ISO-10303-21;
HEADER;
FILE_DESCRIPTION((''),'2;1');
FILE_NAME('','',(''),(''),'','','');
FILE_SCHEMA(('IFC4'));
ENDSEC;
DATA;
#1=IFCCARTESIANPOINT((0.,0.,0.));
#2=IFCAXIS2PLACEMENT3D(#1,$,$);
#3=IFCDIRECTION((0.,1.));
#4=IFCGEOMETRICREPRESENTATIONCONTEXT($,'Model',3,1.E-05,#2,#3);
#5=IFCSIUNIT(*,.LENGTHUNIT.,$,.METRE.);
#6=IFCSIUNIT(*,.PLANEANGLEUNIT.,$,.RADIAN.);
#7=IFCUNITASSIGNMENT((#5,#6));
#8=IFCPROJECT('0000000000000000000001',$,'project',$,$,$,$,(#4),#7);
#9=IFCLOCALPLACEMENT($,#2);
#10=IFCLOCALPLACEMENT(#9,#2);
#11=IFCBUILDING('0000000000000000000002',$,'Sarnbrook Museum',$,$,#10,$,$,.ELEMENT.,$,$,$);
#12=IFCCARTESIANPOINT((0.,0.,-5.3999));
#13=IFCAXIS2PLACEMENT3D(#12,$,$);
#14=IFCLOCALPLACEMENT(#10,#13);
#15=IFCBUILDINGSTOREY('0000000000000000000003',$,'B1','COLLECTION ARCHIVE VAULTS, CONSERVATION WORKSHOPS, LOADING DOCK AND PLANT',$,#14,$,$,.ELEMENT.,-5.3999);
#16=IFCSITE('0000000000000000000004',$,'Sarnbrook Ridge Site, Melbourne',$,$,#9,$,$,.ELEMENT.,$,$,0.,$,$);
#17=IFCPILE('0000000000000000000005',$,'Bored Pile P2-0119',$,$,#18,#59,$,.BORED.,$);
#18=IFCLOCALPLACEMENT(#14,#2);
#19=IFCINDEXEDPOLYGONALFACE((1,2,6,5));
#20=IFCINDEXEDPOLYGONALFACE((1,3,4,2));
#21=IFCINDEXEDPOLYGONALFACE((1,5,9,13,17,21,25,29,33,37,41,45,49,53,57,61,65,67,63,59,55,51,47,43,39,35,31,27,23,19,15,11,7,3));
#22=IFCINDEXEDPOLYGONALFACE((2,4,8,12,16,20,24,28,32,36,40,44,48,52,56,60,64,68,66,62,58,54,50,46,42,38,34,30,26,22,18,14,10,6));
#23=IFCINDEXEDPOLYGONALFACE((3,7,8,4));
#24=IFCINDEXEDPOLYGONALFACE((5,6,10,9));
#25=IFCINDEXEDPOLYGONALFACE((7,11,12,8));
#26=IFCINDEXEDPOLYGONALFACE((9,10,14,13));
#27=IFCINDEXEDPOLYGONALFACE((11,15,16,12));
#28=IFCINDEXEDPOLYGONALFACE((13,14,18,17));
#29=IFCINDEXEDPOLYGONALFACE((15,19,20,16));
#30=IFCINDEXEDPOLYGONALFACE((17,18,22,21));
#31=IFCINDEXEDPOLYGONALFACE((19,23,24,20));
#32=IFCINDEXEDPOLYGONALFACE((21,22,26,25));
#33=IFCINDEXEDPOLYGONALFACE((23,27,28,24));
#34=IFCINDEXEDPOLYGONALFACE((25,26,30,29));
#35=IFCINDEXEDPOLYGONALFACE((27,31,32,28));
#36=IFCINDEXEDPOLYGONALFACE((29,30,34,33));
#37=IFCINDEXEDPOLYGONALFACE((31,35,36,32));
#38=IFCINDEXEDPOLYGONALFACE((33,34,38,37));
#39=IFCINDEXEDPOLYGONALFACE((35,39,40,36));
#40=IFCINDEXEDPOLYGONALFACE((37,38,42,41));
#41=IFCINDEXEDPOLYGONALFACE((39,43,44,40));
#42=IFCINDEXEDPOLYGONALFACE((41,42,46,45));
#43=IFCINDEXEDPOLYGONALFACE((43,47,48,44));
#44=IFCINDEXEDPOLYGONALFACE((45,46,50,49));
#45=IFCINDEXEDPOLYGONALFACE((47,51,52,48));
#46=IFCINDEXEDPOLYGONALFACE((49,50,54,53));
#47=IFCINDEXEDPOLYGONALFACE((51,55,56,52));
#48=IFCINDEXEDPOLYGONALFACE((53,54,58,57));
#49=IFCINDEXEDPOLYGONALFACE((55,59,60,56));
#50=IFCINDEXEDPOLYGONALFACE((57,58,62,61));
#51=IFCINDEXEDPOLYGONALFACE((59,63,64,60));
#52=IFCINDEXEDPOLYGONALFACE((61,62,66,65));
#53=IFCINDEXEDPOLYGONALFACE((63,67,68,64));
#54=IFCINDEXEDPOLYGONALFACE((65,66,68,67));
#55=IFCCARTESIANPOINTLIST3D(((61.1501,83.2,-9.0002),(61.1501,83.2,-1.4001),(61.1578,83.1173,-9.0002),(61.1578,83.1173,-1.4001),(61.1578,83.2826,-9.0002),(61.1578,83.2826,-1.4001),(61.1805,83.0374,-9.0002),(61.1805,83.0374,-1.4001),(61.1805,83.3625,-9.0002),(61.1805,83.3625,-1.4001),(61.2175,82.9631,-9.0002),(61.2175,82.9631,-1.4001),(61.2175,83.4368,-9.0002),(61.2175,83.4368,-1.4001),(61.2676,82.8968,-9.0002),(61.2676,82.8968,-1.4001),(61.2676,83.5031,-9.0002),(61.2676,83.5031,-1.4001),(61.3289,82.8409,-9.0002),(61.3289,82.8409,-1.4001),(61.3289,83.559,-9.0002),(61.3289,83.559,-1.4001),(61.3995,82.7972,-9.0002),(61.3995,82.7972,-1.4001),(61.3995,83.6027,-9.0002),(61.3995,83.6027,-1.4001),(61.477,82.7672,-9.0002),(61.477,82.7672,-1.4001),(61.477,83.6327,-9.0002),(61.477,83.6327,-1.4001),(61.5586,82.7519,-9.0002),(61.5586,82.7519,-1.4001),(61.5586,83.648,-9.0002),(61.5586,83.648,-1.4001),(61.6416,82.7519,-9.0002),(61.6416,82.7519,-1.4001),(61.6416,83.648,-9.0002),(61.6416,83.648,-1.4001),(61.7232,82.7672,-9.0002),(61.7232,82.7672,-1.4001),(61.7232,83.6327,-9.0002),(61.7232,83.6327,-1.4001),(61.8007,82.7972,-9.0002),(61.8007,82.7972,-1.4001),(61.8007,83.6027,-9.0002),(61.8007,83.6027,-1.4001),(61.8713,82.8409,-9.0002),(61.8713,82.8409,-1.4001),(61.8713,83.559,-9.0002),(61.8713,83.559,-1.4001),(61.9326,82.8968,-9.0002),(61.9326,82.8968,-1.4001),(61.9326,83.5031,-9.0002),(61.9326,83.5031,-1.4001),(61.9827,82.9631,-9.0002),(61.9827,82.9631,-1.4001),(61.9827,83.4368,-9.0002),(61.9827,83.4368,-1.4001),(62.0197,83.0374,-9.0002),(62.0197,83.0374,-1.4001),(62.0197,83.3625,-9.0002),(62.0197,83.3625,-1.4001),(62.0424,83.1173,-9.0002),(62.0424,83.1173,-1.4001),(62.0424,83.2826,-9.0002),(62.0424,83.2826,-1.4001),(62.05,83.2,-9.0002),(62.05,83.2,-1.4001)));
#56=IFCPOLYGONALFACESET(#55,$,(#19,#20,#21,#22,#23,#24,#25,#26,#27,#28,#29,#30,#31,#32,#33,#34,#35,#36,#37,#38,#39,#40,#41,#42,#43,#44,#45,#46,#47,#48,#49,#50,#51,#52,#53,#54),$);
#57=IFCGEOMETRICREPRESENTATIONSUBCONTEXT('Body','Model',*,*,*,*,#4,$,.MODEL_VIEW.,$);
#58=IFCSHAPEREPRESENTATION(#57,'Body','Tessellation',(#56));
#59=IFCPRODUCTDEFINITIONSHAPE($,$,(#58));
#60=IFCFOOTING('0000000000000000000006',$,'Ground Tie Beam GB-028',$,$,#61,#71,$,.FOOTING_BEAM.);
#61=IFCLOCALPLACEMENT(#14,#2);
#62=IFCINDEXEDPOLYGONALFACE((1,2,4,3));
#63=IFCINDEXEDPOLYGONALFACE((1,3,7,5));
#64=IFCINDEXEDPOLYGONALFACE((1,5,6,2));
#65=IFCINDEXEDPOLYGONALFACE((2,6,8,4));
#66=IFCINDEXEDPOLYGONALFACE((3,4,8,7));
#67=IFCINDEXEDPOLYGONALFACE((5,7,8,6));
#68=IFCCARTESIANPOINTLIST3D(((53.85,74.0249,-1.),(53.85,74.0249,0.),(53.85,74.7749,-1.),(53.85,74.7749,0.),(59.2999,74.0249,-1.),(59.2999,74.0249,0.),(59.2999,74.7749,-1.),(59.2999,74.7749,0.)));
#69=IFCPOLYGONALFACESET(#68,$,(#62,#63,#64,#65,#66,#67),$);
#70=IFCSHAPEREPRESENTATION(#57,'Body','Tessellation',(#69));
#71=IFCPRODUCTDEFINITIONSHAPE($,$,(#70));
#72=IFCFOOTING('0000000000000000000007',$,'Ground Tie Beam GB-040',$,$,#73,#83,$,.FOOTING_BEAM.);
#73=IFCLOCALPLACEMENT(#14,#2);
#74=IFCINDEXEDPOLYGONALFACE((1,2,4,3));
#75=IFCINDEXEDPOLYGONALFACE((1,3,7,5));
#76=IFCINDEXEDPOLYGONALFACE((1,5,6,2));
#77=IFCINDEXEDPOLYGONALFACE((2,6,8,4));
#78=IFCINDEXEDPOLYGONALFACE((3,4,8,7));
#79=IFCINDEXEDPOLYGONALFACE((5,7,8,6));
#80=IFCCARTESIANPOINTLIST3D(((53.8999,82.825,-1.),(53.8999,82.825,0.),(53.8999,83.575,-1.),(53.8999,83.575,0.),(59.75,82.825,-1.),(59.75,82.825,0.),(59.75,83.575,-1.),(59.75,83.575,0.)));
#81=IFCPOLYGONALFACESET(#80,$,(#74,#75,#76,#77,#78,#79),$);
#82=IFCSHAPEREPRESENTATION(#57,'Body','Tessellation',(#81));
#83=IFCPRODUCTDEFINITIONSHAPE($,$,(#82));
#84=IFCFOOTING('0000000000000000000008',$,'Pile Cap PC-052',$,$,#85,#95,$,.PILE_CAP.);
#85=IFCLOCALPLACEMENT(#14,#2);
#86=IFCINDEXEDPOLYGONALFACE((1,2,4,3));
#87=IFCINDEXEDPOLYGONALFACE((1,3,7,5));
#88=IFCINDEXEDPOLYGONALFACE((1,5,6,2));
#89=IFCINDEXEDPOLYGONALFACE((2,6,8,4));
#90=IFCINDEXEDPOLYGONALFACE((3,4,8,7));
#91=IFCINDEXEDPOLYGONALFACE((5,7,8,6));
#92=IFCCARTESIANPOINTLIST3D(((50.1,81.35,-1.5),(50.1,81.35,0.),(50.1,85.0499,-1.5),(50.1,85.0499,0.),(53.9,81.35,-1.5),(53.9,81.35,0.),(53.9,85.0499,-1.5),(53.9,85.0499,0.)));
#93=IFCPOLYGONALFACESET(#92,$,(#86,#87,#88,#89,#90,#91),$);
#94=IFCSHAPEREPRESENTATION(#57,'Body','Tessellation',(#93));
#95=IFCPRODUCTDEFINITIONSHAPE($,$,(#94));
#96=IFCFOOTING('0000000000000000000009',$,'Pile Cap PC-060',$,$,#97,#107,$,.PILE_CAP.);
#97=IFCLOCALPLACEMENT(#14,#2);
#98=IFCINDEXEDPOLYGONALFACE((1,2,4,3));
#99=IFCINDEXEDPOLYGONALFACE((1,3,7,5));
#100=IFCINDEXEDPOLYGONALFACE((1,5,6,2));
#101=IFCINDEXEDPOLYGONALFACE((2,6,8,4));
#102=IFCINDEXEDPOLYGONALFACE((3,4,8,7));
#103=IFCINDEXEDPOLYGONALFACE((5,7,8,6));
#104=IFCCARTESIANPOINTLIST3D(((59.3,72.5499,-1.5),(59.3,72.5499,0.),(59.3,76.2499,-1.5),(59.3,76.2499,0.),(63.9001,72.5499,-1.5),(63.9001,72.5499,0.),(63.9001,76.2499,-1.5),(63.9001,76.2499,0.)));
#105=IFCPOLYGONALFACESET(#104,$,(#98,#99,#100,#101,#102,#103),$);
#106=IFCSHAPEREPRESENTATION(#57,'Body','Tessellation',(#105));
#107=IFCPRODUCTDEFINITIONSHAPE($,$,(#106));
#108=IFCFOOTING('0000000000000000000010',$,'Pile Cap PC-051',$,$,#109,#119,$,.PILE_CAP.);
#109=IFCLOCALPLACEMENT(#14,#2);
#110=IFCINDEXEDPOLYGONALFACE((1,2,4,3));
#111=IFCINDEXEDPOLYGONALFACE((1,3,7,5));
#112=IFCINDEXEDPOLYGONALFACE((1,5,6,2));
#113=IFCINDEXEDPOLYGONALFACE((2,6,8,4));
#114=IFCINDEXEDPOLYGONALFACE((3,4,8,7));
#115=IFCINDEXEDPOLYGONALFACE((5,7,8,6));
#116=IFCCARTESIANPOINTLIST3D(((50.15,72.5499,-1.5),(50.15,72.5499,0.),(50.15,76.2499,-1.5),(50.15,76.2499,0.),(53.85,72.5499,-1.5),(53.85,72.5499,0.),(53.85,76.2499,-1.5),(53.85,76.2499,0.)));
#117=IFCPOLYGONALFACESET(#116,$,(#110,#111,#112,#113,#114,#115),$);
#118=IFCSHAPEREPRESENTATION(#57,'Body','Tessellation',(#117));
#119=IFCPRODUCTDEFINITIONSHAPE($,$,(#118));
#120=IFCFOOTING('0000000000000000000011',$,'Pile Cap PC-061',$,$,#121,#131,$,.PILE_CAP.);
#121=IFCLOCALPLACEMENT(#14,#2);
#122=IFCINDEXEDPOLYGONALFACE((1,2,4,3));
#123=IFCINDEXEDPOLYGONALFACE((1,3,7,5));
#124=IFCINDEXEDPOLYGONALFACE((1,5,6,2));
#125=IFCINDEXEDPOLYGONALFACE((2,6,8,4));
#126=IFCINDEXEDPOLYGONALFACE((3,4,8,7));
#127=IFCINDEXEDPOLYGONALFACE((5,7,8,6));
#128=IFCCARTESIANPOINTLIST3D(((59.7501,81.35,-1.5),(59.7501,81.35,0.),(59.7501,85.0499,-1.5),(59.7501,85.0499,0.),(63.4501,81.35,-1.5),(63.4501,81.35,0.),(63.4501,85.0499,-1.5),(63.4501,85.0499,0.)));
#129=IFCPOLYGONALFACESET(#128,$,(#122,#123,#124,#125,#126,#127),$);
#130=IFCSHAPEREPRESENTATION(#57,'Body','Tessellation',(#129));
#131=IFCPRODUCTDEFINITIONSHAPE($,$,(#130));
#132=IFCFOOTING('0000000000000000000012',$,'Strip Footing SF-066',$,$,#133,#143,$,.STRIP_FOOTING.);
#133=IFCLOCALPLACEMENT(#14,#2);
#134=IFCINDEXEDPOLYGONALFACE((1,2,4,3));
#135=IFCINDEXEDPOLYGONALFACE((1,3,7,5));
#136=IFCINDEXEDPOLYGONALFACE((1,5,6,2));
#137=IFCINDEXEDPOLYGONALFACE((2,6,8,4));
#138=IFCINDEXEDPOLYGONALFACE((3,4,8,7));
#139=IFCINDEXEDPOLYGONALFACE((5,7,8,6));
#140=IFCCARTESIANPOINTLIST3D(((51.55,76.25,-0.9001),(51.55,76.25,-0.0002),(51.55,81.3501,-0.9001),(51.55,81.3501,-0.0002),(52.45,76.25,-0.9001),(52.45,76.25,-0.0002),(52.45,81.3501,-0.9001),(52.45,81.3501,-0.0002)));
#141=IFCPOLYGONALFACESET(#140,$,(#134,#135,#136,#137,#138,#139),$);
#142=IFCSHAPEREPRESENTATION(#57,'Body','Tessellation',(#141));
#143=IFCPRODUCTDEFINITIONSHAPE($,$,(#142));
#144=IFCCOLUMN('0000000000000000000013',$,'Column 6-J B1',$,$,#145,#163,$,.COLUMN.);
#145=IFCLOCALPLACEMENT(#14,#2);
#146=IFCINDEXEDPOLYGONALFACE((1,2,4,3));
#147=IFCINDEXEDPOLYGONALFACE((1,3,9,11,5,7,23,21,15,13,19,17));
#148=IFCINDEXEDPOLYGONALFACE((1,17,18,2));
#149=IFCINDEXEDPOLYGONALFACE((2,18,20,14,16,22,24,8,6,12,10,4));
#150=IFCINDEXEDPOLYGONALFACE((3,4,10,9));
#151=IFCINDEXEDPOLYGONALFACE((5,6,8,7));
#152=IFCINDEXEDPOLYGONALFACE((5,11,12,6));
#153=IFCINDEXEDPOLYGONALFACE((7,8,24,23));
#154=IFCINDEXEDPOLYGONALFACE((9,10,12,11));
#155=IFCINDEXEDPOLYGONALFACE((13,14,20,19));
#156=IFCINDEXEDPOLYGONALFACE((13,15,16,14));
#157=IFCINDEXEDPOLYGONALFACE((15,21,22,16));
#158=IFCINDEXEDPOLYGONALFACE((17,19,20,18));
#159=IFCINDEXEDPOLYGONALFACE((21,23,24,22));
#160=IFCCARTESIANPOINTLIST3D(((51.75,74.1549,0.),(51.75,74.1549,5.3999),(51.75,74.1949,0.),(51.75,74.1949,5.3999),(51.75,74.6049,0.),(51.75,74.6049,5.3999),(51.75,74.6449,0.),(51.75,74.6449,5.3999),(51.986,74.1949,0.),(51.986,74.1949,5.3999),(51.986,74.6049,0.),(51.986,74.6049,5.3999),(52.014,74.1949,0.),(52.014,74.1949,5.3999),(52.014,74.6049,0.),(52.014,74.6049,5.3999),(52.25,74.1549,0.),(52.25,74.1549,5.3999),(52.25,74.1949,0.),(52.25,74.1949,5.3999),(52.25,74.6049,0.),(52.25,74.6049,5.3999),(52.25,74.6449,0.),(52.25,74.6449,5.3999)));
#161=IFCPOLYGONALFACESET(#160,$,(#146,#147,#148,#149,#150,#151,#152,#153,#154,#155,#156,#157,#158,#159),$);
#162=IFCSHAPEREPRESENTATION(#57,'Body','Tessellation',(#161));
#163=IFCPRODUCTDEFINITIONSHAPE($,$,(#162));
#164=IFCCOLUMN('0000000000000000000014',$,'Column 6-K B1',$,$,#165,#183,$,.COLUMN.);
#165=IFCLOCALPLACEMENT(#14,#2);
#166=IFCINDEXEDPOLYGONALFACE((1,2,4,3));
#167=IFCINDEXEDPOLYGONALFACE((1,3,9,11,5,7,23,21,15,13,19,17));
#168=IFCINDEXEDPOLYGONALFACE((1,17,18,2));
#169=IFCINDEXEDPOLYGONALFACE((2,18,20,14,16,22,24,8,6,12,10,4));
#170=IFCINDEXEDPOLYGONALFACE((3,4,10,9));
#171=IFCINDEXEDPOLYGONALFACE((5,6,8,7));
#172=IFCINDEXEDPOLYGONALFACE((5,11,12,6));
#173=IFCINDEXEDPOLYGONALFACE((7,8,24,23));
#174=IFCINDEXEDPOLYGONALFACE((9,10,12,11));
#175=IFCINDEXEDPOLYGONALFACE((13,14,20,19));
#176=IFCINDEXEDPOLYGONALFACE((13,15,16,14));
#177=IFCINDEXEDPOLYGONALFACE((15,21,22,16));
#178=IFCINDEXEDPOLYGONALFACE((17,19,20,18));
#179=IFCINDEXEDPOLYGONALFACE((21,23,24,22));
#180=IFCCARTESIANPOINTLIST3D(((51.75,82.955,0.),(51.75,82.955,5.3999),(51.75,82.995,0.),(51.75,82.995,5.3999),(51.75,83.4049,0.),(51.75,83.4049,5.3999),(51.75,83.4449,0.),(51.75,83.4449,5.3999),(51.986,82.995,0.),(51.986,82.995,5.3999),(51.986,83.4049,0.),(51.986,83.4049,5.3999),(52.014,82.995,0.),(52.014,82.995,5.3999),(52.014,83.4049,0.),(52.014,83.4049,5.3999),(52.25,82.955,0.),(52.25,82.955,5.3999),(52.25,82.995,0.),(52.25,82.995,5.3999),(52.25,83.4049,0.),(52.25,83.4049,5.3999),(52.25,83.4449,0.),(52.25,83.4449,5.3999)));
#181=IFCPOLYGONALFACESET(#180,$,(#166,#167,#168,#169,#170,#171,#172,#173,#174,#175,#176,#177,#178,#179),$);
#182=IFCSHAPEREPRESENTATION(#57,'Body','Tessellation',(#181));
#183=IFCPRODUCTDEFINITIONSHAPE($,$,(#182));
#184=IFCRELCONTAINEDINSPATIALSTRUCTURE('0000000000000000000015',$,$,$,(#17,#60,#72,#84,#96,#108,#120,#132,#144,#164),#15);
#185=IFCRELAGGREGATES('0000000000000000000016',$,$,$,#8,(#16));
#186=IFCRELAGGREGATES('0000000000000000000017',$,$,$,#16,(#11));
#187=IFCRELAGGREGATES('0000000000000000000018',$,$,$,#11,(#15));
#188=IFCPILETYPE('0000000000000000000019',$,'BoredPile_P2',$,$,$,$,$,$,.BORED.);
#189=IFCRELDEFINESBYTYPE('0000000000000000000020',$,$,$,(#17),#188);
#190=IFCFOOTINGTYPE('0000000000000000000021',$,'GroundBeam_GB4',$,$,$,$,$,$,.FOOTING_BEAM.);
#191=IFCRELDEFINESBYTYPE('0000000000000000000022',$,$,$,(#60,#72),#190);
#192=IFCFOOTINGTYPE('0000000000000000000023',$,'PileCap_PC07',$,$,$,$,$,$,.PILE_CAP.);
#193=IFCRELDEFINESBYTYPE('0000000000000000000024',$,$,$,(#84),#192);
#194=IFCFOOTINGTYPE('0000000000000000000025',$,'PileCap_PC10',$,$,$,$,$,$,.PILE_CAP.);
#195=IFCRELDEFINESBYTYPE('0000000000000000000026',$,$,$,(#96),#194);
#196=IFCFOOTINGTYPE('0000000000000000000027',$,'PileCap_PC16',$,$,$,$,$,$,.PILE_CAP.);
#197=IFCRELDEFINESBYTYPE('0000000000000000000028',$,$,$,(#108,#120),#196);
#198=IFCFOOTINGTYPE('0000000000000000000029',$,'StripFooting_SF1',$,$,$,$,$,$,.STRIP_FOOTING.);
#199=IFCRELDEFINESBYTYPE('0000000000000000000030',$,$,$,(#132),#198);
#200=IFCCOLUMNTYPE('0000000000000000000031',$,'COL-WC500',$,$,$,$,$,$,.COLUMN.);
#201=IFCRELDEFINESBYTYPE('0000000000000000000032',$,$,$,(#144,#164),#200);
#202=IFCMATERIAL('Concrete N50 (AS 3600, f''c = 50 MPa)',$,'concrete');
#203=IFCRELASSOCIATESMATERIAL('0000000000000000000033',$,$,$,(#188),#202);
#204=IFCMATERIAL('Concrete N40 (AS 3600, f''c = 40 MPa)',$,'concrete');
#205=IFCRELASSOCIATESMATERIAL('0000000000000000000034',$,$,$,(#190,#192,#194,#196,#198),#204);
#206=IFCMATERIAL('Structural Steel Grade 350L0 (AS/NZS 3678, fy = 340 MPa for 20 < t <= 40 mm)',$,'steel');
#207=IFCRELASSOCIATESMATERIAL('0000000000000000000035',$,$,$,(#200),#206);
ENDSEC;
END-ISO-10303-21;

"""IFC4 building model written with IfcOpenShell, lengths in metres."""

from ifc_helpers import new_model, si_unit, direction, frame, origin, origin_2d, place, context, subcontext, project, spatial, rectangle, circle, i_section, extrude, material, material_profile, profile_set, type_object, element, save


model = new_model("IFC4")

# Units and contexts
model_context = context("Model", 3, precision=1e-05, world=origin(), true_north=direction((0.0, 1.0)))
body_context = subcontext(model_context, "Body", "Model", "MODEL_VIEW")
ifc_project = project(units=[si_unit("LENGTHUNIT", "METRE"), si_unit("PLANEANGLEUNIT", "RADIAN")], contexts=[model_context])

# Site, building, storey
site_placement = place(None, origin())
site = spatial("IfcSite", under=ifc_project, at=site_placement, Name="Sarnbrook Ridge Site, Melbourne", CompositionType="ELEMENT", RefElevation=0.0)
building_placement = place(site_placement, origin())
building = spatial("IfcBuilding", under=site, at=building_placement, Name="Sarnbrook Museum", CompositionType="ELEMENT")
storey_placement = place(building_placement, frame((0.0, 0.0, -5.3999)))
storey = spatial("IfcBuildingStorey", under=building, at=storey_placement, Name="B1", Description="COLLECTION ARCHIVE VAULTS, CONSERVATION WORKSHOPS, LOADING DOCK AND PLANT", CompositionType="ELEMENT", Elevation=-5.3999)

# Pile
ifc_material_1 = material(Name="Concrete N50 (AS 3600, f'c = 50 MPa)", Category="concrete")
ifc_material_profile_1 = material_profile(ifc_material_1, circle(Radius=0.45, at=origin_2d()), Name="BORED PILE D900")
ifc_profile_set_1 = profile_set([ifc_material_profile_1], Name="Concrete N50 (AS 3600, f'c = 50 MPa)")
pile_type = type_object("IfcPileType", Name="BoredPile_P2", PredefinedType="BORED", material=ifc_profile_set_1)
for number, where, z_axis, x_axis, name in (
    (1, (61.6001, 83.2, -1.4001), (0.0, 0.0, -1.0), (1.0, 0.0, 0.0), "Bored Pile P2-0119"),
):
    element("IfcPile", number, at=place(storey_placement, frame(where, z_axis=z_axis, x_axis=x_axis)), inside=storey, type_object=pile_type, Name=name, PredefinedType="BORED", context=body_context, shape_type="SweptSolid", body=[
        extrude(circle(Radius=0.45, at=origin_2d()), origin(), (0.0, 0.0, 1.0), 7.6001),
    ])

# Footings
ifc_material_2 = material(Name="Concrete N40 (AS 3600, f'c = 40 MPa)", Category="concrete")
footing_type_1 = type_object("IfcFootingType", Name="GroundBeam_GB4", PredefinedType="FOOTING_BEAM", material=ifc_material_2)
footing_1_placement = place(storey_placement, frame((56.575, 74.3999, -1.0), z_axis=(0.0, 0.0, 1.0), x_axis=(1.0, 0.0, 0.0)))
element("IfcFooting", 2, at=footing_1_placement, inside=storey, type_object=footing_type_1, Name="Ground Tie Beam GB-028", PredefinedType="FOOTING_BEAM", context=body_context, shape_type="SweptSolid", body=[
    extrude(rectangle(XDim=5.45, YDim=0.75, at=origin_2d()), origin(), (0.0, 0.0, 1.0), 1.0),
])
footing_2_placement = place(storey_placement, frame((56.825, 83.2, -1.0), z_axis=(0.0, 0.0, 1.0), x_axis=(1.0, 0.0, 0.0)))
element("IfcFooting", 3, at=footing_2_placement, inside=storey, type_object=footing_type_1, Name="Ground Tie Beam GB-040", PredefinedType="FOOTING_BEAM", context=body_context, shape_type="SweptSolid", body=[
    extrude(rectangle(XDim=5.8501, YDim=0.75, at=origin_2d()), origin(), (0.0, 0.0, 1.0), 1.0),
])
footing_type_2 = type_object("IfcFootingType", Name="PileCap_PC07", PredefinedType="PILE_CAP", material=ifc_material_2)
footing_3_placement = place(storey_placement, frame((52.0, 83.2, -1.5), z_axis=(0.0, 0.0, 1.0), x_axis=(1.0, 0.0, 0.0)))
element("IfcFooting", 4, at=footing_3_placement, inside=storey, type_object=footing_type_2, Name="Pile Cap PC-052", PredefinedType="PILE_CAP", context=body_context, shape_type="SweptSolid", body=[
    extrude(rectangle(XDim=3.8, YDim=3.7, at=origin_2d()), origin(), (0.0, 0.0, 1.0), 1.5),
])
footing_type_3 = type_object("IfcFootingType", Name="PileCap_PC10", PredefinedType="PILE_CAP", material=ifc_material_2)
footing_4_placement = place(storey_placement, frame((61.6001, 74.3999, -1.5), z_axis=(0.0, 0.0, 1.0), x_axis=(1.0, 0.0, 0.0)))
element("IfcFooting", 5, at=footing_4_placement, inside=storey, type_object=footing_type_3, Name="Pile Cap PC-060", PredefinedType="PILE_CAP", context=body_context, shape_type="SweptSolid", body=[
    extrude(rectangle(XDim=4.6001, YDim=3.7, at=origin_2d()), origin(), (0.0, 0.0, 1.0), 1.5),
])
footing_type_4 = type_object("IfcFootingType", Name="PileCap_PC16", PredefinedType="PILE_CAP", material=ifc_material_2)
for number, where, z_axis, x_axis, name in (
    (6, (52.0, 74.3999, -1.5), (0.0, 0.0, 1.0), (1.0, 0.0, 0.0), "Pile Cap PC-051"),
    (7, (61.6001, 83.2, -1.5), (0.0, 0.0, 1.0), (1.0, 0.0, 0.0), "Pile Cap PC-061"),
):
    element("IfcFooting", number, at=place(storey_placement, frame(where, z_axis=z_axis, x_axis=x_axis)), inside=storey, type_object=footing_type_4, Name=name, PredefinedType="PILE_CAP", context=body_context, shape_type="SweptSolid", body=[
        extrude(rectangle(XDim=3.7, YDim=3.7, at=origin_2d()), origin(), (0.0, 0.0, 1.0), 1.5),
    ])
footing_type_5 = type_object("IfcFootingType", Name="StripFooting_SF1", PredefinedType="STRIP_FOOTING", material=ifc_material_2)
footing_5_placement = place(storey_placement, frame((52.0, 78.8, -0.9001), z_axis=(0.0, 0.0, 1.0), x_axis=(1.0, 0.0, 0.0)))
element("IfcFooting", 8, at=footing_5_placement, inside=storey, type_object=footing_type_5, Name="Strip Footing SF-066", PredefinedType="STRIP_FOOTING", context=body_context, shape_type="SweptSolid", body=[
    extrude(rectangle(XDim=0.8999, YDim=5.1001, at=origin_2d()), origin(), (0.0, 0.0, 1.0), 0.8999),
])

# Columns
ifc_material_3 = material(Name="Structural Steel Grade 350L0 (AS/NZS 3678, fy = 340 MPa for 20 < t <= 40 mm)", Category="steel")
ifc_material_profile_2 = material_profile(ifc_material_3, i_section(OverallWidth=0.5, OverallDepth=0.49, WebThickness=0.0281, FlangeThickness=0.04, at=origin_2d()), Name="500WC340")
ifc_profile_set_2 = profile_set([ifc_material_profile_2], Name="Structural Steel Grade 350L0 (AS/NZS 3678, fy = 340 MPa for 20 < t <= 40 mm)")
column_type = type_object("IfcColumnType", Name="COL-WC500", PredefinedType="COLUMN", material=ifc_profile_set_2)
for number, where, z_axis, x_axis, name in (
    (9, (52.0, 74.3999, 0.0), (0.0, 0.0, 1.0), (1.0, 0.0, 0.0), "Column 6-J B1"),
    (10, (52.0, 83.2, 0.0), (0.0, 0.0, 1.0), (1.0, 0.0, 0.0), "Column 6-K B1"),
):
    element("IfcColumn", number, at=place(storey_placement, frame(where, z_axis=z_axis, x_axis=x_axis)), inside=storey, type_object=column_type, Name=name, PredefinedType="COLUMN", context=body_context, shape_type="SweptSolid", body=[
        extrude(i_section(OverallWidth=0.5, OverallDepth=0.49, WebThickness=0.0281, FlangeThickness=0.04, at=origin_2d()), origin(), (0.0, 0.0, 1.0), 5.3999),
    ])

save(model, "model.ifc")
